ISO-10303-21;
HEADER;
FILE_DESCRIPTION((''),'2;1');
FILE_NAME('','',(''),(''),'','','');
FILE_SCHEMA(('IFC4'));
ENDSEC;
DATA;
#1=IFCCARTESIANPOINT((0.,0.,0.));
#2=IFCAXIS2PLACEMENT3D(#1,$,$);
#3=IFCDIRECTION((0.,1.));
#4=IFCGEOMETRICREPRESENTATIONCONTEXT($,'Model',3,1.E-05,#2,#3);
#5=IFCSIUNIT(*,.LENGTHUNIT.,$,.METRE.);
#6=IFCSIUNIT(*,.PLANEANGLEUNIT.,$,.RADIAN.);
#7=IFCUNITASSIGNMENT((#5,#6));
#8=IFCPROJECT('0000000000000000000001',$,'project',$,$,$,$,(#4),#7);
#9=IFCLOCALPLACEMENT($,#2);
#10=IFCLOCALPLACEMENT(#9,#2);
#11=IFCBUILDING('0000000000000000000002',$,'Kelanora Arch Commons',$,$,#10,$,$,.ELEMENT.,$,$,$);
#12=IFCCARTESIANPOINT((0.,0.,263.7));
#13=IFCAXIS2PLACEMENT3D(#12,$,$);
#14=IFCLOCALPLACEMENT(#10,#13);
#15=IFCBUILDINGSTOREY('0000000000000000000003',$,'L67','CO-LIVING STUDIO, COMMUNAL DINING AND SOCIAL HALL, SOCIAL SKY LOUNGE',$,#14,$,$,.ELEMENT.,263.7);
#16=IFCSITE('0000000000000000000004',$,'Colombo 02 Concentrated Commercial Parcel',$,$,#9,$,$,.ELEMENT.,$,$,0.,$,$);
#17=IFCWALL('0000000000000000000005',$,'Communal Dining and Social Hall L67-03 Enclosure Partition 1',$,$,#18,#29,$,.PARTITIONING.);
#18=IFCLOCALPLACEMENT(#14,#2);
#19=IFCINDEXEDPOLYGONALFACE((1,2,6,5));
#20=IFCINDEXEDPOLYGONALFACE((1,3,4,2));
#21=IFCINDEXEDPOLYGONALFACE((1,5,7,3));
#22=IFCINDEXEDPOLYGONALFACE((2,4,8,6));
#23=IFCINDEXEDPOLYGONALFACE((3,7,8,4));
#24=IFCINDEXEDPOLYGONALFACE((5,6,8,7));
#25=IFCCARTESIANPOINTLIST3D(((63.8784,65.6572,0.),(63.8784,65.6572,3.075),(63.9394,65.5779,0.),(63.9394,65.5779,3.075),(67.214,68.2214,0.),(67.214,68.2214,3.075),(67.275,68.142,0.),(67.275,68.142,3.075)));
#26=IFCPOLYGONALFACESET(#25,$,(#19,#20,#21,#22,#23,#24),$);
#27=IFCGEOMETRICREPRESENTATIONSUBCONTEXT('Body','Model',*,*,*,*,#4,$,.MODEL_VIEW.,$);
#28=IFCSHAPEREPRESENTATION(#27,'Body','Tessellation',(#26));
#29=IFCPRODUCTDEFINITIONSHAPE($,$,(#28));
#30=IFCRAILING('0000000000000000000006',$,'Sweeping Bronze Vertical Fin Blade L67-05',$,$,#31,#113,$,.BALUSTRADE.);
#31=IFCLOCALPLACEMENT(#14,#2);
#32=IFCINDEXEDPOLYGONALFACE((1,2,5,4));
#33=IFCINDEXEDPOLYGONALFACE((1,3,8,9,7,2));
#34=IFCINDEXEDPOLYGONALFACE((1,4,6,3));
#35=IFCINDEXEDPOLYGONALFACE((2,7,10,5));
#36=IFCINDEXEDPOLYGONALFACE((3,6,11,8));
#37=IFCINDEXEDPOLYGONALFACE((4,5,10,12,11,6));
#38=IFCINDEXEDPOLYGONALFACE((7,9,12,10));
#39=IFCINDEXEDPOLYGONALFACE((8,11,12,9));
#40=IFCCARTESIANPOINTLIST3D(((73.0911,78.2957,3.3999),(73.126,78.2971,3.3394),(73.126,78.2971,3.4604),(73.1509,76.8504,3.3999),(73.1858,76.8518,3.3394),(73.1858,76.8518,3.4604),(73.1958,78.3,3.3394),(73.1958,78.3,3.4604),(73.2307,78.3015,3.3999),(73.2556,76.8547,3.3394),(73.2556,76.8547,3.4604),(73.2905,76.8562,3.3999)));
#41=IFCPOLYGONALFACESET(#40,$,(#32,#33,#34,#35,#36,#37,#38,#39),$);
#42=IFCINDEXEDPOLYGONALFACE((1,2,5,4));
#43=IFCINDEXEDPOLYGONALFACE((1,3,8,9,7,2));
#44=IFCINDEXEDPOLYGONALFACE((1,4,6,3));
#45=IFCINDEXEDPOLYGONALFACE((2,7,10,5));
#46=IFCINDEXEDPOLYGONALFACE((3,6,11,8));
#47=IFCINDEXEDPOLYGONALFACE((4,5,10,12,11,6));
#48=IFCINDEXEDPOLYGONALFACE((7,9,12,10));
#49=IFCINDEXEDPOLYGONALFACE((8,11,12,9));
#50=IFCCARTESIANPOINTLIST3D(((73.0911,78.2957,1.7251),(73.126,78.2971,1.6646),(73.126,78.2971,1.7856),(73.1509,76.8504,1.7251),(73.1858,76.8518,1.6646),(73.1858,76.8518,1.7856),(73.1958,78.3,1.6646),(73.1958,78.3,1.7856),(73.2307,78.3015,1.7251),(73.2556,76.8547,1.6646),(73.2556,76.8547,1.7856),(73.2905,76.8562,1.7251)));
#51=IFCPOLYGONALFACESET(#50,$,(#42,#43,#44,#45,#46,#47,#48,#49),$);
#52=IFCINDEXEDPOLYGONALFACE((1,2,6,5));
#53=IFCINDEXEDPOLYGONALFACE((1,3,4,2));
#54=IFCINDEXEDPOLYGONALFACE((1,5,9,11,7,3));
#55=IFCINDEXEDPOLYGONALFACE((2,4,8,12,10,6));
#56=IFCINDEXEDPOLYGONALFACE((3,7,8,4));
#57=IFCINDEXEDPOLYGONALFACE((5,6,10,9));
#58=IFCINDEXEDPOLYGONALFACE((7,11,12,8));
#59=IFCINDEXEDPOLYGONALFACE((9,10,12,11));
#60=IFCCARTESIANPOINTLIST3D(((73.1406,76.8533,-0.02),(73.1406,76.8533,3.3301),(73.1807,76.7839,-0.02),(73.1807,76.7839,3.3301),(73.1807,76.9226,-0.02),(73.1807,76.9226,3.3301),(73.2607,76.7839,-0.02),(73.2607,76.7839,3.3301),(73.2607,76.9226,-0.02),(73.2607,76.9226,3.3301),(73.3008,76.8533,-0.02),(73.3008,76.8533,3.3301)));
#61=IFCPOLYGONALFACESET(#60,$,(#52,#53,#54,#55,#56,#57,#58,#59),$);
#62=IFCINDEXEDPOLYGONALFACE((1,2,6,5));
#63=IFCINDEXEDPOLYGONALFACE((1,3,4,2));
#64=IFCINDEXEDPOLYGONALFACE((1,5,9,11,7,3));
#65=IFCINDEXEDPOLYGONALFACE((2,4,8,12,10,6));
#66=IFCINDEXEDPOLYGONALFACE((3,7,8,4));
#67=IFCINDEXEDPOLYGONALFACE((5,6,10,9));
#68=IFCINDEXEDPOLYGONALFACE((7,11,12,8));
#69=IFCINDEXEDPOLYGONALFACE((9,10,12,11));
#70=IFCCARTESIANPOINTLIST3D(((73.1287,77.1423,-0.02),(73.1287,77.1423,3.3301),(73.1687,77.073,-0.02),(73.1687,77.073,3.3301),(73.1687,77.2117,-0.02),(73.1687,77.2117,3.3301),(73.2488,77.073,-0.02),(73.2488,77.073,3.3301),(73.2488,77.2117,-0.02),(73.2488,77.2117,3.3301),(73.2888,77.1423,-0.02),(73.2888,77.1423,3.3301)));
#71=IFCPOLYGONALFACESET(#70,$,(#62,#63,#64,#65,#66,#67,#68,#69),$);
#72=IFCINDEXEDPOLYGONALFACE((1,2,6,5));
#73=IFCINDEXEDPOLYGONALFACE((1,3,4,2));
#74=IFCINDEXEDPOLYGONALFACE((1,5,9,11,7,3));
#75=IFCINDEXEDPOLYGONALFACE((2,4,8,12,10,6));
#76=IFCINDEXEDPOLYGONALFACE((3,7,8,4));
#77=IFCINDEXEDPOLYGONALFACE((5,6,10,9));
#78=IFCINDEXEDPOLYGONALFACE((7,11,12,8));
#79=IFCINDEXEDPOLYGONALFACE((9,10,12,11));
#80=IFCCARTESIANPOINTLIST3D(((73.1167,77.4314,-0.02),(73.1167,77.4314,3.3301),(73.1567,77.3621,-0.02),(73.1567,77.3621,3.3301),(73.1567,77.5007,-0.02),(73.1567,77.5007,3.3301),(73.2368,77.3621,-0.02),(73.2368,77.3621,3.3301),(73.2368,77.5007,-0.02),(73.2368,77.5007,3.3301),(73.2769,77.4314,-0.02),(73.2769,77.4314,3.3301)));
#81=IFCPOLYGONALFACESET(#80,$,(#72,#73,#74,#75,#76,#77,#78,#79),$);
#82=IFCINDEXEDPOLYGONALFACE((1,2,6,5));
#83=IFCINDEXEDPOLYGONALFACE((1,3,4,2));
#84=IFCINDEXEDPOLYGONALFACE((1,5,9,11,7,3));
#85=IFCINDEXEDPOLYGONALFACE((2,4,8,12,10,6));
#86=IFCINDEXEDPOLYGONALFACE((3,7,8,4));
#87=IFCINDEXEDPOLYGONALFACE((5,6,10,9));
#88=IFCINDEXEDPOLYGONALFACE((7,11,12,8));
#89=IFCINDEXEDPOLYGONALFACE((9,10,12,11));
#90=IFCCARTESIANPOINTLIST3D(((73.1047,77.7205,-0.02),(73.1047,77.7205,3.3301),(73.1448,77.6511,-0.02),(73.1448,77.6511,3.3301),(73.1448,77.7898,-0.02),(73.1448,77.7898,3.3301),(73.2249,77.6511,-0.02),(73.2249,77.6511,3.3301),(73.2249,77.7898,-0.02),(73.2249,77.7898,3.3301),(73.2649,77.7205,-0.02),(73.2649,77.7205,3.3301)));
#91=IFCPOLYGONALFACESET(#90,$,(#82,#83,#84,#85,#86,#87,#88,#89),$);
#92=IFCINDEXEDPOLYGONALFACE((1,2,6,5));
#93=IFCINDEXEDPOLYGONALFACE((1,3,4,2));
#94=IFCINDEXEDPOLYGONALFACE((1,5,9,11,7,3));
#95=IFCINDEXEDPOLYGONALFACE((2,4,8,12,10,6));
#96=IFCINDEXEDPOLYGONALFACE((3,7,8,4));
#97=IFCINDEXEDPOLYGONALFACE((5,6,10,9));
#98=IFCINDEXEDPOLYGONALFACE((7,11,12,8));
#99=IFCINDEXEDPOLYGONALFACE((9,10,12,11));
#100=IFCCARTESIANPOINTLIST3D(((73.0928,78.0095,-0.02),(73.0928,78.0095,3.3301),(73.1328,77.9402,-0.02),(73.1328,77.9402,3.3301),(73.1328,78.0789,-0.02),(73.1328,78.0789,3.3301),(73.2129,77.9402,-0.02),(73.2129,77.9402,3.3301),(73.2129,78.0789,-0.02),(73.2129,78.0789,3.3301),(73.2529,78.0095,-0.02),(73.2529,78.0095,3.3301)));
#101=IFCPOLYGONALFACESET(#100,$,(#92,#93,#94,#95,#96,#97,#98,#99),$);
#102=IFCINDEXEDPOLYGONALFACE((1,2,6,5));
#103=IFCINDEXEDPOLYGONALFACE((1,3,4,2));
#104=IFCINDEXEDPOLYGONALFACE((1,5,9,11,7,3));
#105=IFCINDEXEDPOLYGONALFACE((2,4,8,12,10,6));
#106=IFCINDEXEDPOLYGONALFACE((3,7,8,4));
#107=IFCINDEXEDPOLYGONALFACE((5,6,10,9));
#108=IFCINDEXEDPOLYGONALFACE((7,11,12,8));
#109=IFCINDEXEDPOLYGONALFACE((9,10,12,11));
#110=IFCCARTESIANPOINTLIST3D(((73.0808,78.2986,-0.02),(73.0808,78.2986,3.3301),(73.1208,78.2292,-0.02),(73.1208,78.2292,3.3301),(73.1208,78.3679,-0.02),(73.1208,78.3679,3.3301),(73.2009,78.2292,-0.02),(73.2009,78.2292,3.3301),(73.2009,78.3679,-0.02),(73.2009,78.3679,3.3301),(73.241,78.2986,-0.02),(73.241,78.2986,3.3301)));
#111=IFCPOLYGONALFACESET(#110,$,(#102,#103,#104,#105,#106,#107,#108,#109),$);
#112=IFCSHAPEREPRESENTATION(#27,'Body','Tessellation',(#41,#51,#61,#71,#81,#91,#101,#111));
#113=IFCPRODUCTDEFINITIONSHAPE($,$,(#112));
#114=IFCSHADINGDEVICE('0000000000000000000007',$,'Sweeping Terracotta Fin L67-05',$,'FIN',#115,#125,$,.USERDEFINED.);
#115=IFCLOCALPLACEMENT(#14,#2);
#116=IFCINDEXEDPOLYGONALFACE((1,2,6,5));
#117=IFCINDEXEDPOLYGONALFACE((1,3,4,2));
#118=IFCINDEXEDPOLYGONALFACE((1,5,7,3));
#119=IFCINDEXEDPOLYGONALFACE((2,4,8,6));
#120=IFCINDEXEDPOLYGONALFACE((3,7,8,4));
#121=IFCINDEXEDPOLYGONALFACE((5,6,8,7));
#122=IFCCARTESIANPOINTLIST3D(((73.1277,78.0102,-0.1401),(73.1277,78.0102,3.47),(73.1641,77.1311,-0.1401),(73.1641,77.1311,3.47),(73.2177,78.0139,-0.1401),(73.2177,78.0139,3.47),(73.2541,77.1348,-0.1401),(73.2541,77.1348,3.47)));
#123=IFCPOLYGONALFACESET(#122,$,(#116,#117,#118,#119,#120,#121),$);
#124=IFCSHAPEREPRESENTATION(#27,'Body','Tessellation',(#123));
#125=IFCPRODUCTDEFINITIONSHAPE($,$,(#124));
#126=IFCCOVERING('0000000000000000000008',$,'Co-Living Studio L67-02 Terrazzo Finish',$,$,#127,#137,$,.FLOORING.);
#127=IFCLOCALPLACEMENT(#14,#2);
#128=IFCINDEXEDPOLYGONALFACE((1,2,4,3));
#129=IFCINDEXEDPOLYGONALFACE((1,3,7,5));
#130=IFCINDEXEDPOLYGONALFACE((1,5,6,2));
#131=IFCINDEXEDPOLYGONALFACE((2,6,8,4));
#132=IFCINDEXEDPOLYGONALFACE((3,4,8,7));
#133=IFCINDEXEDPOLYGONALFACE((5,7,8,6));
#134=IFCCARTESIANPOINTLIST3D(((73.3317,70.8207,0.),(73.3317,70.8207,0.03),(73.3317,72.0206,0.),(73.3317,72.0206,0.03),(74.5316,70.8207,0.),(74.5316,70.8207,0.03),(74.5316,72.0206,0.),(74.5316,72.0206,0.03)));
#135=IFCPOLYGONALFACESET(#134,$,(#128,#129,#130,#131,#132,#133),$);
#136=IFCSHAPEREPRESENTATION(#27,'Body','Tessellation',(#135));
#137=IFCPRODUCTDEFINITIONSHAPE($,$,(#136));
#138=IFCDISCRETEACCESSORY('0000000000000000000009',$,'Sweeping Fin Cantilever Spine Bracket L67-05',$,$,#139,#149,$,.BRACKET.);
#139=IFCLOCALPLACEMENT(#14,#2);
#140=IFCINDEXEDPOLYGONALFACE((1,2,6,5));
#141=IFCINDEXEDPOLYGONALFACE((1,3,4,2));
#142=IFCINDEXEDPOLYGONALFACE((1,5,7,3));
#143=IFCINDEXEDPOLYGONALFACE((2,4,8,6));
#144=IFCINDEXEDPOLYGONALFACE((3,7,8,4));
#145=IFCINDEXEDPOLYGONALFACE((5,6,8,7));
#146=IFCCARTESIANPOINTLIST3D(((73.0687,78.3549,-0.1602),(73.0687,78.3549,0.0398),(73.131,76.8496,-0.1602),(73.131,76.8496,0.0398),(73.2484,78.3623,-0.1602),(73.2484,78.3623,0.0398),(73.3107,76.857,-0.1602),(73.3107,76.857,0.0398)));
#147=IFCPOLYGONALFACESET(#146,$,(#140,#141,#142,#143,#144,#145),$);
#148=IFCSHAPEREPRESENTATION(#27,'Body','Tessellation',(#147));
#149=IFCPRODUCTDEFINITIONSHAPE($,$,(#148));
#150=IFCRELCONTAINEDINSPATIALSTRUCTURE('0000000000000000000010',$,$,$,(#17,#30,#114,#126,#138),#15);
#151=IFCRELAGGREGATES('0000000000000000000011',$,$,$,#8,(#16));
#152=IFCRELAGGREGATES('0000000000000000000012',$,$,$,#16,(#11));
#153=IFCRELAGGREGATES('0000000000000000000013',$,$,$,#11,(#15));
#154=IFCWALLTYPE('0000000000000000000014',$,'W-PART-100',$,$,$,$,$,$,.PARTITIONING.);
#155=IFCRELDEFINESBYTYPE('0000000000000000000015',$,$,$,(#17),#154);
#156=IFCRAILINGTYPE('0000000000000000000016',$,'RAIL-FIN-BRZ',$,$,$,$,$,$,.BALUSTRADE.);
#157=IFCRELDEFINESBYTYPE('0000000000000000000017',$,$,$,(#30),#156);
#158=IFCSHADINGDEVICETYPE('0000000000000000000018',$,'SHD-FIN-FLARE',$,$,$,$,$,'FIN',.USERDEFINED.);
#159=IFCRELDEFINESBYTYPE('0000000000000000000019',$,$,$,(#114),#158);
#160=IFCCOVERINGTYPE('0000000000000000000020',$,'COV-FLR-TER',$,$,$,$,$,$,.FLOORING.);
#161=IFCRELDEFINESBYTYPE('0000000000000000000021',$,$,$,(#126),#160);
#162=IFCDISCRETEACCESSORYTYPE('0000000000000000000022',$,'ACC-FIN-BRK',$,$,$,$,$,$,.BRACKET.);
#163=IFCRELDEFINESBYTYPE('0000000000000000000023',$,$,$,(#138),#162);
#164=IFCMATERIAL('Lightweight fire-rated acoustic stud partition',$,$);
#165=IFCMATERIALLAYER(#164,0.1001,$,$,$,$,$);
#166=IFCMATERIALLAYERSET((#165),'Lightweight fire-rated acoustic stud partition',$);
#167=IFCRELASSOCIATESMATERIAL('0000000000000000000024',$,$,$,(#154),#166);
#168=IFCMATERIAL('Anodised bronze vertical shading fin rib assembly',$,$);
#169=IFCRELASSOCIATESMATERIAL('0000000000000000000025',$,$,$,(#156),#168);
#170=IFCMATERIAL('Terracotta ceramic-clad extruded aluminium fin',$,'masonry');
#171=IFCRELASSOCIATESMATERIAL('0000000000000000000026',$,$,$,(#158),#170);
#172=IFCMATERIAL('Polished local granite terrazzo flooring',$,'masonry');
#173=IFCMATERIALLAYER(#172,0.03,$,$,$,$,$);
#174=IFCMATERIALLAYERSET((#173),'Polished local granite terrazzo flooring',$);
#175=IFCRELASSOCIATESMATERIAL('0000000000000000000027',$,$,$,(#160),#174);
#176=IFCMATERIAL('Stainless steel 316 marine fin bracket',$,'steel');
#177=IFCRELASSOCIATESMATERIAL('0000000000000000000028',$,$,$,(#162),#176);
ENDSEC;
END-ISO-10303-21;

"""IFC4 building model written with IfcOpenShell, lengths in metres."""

from ifc_helpers import new_model, si_unit, direction, frame, frame_2d, origin, origin_2d, place, context, subcontext, project, spatial, polyline, rectangle, outline, extrude, source, transform, mapped, material, layer, layer_set, type_object, element, save


model = new_model("IFC4")

# Units and contexts
model_context = context("Model", 3, precision=1e-05, world=origin(), true_north=direction((0.0, 1.0)))
body_context = subcontext(model_context, "Body", "Model", "MODEL_VIEW")
ifc_project = project(units=[si_unit("LENGTHUNIT", "METRE"), si_unit("PLANEANGLEUNIT", "RADIAN")], contexts=[model_context])

# Site, building, storey
site_placement = place(None, origin())
site = spatial("IfcSite", under=ifc_project, at=site_placement, Name="Colombo 02 Concentrated Commercial Parcel", CompositionType="ELEMENT", RefElevation=0.0)
building_placement = place(site_placement, origin())
building = spatial("IfcBuilding", under=site, at=building_placement, Name="Kelanora Arch Commons", CompositionType="ELEMENT")
storey_placement = place(building_placement, frame((0.0, 0.0, 263.7)))
storey = spatial("IfcBuildingStorey", under=building, at=storey_placement, Name="L67", Description="CO-LIVING STUDIO, COMMUNAL DINING AND SOCIAL HALL, SOCIAL SKY LOUNGE", CompositionType="ELEMENT", Elevation=263.7)

# Wall
ifc_material_1 = material(Name="Lightweight fire-rated acoustic stud partition")
ifc_layer_1 = layer(ifc_material_1, 0.1001)
ifc_layer_set_1 = layer_set([ifc_layer_1], Name="Lightweight fire-rated acoustic stud partition")
wall_type_1 = type_object("IfcWallType", Name="W-PART-100", PredefinedType="PARTITIONING", material=ifc_layer_set_1)
wall_1_placement = place(storey_placement, frame((67.2444, 68.1816, 0.0), z_axis=(0.0, 0.0, 1.0), x_axis=(-0.79282, -0.609456, 0.0)))
element("IfcWall", 1, at=wall_1_placement, inside=storey, type_object=wall_type_1, Name="Communal Dining and Social Hall L67-03 Enclosure Partition 1", PredefinedType="PARTITIONING", context=body_context, shape_type="SweptSolid", body=[
    extrude(rectangle(XDim=4.2073, YDim=0.1001, at=frame_2d((2.1035, 0.0))), origin(), (0.0, 0.0, 1.0), 3.075),
])

# Railing
ifc_material_2 = material(Name="Anodised bronze vertical shading fin rib assembly")
railing_type = type_object("IfcRailingType", Name="RAIL-FIN-BRZ", PredefinedType="BALUSTRADE", material=ifc_material_2)
railing_placement = place(storey_placement, frame((73.2207, 76.8533, -0.02)))
element("IfcRailing", 2, at=railing_placement, inside=storey, type_object=railing_type, Name="Sweeping Bronze Vertical Fin Blade L67-05", PredefinedType="BALUSTRADE", context=body_context, shape_type="SweptSolid", body=[
    extrude(outline(polyline([(0.0698, 0.0), (0.0349, 0.0605), (-0.0349, 0.0605), (-0.0698, 0.0), (-0.0349, -0.0605), (0.0349, -0.0605), (0.0698, 0.0)])), frame((0.0, 0.0, 3.4199), z_axis=(-0.04135, 0.999145, 0.0), x_axis=(-0.999145, -0.04135, 0.0)), (0.0, 0.0, 1.0), 1.4465),
    extrude(outline(polyline([(0.0698, 0.0), (0.0349, 0.0605), (-0.0349, 0.0605), (-0.0698, 0.0), (-0.0349, -0.0605), (0.0349, -0.0605), (0.0698, 0.0)])), frame((0.0, 0.0, 1.7451), z_axis=(-0.04135, 0.999145, 0.0), x_axis=(-0.999145, -0.04135, 0.0)), (0.0, 0.0, 1.0), 1.4465),
    extrude(outline(polyline([(0.0801, 0.0), (0.04, 0.0693), (-0.04, 0.0693), (-0.0801, 0.0), (-0.04, -0.0693), (0.04, -0.0693), (0.0801, 0.0)])), origin(), (0.0, 0.0, 1.0), 3.3501),
    extrude(outline(polyline([(0.0801, 0.0), (0.04, 0.0693), (-0.04, 0.0693), (-0.0801, 0.0), (-0.04, -0.0693), (0.04, -0.0693), (0.0801, 0.0)])), frame((-0.012, 0.2891, 0.0)), (0.0, 0.0, 1.0), 3.3501),
    extrude(outline(polyline([(0.0801, 0.0), (0.04, 0.0693), (-0.04, 0.0693), (-0.0801, 0.0), (-0.04, -0.0693), (0.04, -0.0693), (0.0801, 0.0)])), frame((-0.0239, 0.5781, 0.0)), (0.0, 0.0, 1.0), 3.3501),
    extrude(outline(polyline([(0.0801, 0.0), (0.04, 0.0693), (-0.04, 0.0693), (-0.0801, 0.0), (-0.04, -0.0693), (0.04, -0.0693), (0.0801, 0.0)])), frame((-0.0359, 0.8672, 0.0)), (0.0, 0.0, 1.0), 3.3501),
    extrude(outline(polyline([(0.0801, 0.0), (0.04, 0.0693), (-0.04, 0.0693), (-0.0801, 0.0), (-0.04, -0.0693), (0.04, -0.0693), (0.0801, 0.0)])), frame((-0.0479, 1.1562, 0.0)), (0.0, 0.0, 1.0), 3.3501),
    extrude(outline(polyline([(0.0801, 0.0), (0.04, 0.0693), (-0.04, 0.0693), (-0.0801, 0.0), (-0.04, -0.0693), (0.04, -0.0693), (0.0801, 0.0)])), frame((-0.0598, 1.4453, 0.0)), (0.0, 0.0, 1.0), 3.3501),
])

# Shading device
ifc_material_3 = material(Name="Terracotta ceramic-clad extruded aluminium fin", Category="masonry")
shading_device_type = type_object("IfcShadingDeviceType", Name="SHD-FIN-FLARE", ElementType="FIN", PredefinedType="USERDEFINED", material=ifc_material_3)
shared_shape_1 = source(origin(), body_context, "Body", "SweptSolid", [
    extrude(rectangle(XDim=0.8799, YDim=0.0901, at=origin_2d()), origin(), (0.0, 0.0, 1.0), 3.6101),
])
shading_device_placement = place(storey_placement, frame((73.1909, 77.5725, -0.1401), z_axis=(0.0, 0.0, 1.0), x_axis=(-0.041353, 0.999145, 0.0)))
element("IfcShadingDevice", 3, at=shading_device_placement, inside=storey, type_object=shading_device_type, Name="Sweeping Terracotta Fin L67-05", ObjectType="FIN", PredefinedType="USERDEFINED", context=body_context, shape_type="MappedRepresentation", body=[
    mapped(shared_shape_1, transform((0.0, 0.0, 0.0), scale=1.0)),
])

# Covering
ifc_material_4 = material(Name="Polished local granite terrazzo flooring", Category="masonry")
ifc_layer_2 = layer(ifc_material_4, 0.03)
ifc_layer_set_2 = layer_set([ifc_layer_2], Name="Polished local granite terrazzo flooring")
covering_type = type_object("IfcCoveringType", Name="COV-FLR-TER", PredefinedType="FLOORING", material=ifc_layer_set_2)
shared_shape_2 = source(origin(), body_context, "Body", "SweptSolid", [
    extrude(rectangle(XDim=1.2, YDim=1.2, at=origin_2d()), origin(), (0.0, 0.0, 1.0), 0.03),
])
covering_placement = place(storey_placement, frame((73.9316, 71.4207, 0.0), z_axis=(0.0, 0.0, 1.0), x_axis=(1.0, 0.0, 0.0)))
element("IfcCovering", 4, at=covering_placement, inside=storey, type_object=covering_type, Name="Co-Living Studio L67-02 Terrazzo Finish", PredefinedType="FLOORING", context=body_context, shape_type="MappedRepresentation", body=[
    mapped(shared_shape_2, transform((0.0, 0.0, 0.0), scale=1.0)),
])

# Discrete accessory
ifc_material_5 = material(Name="Stainless steel 316 marine fin bracket", Category="steel")
discrete_accessory_type = type_object("IfcDiscreteAccessoryType", Name="ACC-FIN-BRK", PredefinedType="BRACKET", material=ifc_material_5)
shared_shape_3 = source(origin(), body_context, "Body", "SweptSolid", [
    extrude(rectangle(XDim=1.5066, YDim=0.1799, at=origin_2d()), origin(), (0.0, 0.0, 1.0), 0.2),
])
discrete_accessory_placement = place(storey_placement, frame((73.1897, 77.606, -0.1602), z_axis=(0.0, 0.0, 1.0), x_axis=(-0.041353, 0.999145, 0.0)))
element("IfcDiscreteAccessory", 5, at=discrete_accessory_placement, inside=storey, type_object=discrete_accessory_type, Name="Sweeping Fin Cantilever Spine Bracket L67-05", PredefinedType="BRACKET", context=body_context, shape_type="MappedRepresentation", body=[
    mapped(shared_shape_3, transform((0.0, 0.0, 0.0), scale=1.0)),
])

save(model, "model.ifc")
